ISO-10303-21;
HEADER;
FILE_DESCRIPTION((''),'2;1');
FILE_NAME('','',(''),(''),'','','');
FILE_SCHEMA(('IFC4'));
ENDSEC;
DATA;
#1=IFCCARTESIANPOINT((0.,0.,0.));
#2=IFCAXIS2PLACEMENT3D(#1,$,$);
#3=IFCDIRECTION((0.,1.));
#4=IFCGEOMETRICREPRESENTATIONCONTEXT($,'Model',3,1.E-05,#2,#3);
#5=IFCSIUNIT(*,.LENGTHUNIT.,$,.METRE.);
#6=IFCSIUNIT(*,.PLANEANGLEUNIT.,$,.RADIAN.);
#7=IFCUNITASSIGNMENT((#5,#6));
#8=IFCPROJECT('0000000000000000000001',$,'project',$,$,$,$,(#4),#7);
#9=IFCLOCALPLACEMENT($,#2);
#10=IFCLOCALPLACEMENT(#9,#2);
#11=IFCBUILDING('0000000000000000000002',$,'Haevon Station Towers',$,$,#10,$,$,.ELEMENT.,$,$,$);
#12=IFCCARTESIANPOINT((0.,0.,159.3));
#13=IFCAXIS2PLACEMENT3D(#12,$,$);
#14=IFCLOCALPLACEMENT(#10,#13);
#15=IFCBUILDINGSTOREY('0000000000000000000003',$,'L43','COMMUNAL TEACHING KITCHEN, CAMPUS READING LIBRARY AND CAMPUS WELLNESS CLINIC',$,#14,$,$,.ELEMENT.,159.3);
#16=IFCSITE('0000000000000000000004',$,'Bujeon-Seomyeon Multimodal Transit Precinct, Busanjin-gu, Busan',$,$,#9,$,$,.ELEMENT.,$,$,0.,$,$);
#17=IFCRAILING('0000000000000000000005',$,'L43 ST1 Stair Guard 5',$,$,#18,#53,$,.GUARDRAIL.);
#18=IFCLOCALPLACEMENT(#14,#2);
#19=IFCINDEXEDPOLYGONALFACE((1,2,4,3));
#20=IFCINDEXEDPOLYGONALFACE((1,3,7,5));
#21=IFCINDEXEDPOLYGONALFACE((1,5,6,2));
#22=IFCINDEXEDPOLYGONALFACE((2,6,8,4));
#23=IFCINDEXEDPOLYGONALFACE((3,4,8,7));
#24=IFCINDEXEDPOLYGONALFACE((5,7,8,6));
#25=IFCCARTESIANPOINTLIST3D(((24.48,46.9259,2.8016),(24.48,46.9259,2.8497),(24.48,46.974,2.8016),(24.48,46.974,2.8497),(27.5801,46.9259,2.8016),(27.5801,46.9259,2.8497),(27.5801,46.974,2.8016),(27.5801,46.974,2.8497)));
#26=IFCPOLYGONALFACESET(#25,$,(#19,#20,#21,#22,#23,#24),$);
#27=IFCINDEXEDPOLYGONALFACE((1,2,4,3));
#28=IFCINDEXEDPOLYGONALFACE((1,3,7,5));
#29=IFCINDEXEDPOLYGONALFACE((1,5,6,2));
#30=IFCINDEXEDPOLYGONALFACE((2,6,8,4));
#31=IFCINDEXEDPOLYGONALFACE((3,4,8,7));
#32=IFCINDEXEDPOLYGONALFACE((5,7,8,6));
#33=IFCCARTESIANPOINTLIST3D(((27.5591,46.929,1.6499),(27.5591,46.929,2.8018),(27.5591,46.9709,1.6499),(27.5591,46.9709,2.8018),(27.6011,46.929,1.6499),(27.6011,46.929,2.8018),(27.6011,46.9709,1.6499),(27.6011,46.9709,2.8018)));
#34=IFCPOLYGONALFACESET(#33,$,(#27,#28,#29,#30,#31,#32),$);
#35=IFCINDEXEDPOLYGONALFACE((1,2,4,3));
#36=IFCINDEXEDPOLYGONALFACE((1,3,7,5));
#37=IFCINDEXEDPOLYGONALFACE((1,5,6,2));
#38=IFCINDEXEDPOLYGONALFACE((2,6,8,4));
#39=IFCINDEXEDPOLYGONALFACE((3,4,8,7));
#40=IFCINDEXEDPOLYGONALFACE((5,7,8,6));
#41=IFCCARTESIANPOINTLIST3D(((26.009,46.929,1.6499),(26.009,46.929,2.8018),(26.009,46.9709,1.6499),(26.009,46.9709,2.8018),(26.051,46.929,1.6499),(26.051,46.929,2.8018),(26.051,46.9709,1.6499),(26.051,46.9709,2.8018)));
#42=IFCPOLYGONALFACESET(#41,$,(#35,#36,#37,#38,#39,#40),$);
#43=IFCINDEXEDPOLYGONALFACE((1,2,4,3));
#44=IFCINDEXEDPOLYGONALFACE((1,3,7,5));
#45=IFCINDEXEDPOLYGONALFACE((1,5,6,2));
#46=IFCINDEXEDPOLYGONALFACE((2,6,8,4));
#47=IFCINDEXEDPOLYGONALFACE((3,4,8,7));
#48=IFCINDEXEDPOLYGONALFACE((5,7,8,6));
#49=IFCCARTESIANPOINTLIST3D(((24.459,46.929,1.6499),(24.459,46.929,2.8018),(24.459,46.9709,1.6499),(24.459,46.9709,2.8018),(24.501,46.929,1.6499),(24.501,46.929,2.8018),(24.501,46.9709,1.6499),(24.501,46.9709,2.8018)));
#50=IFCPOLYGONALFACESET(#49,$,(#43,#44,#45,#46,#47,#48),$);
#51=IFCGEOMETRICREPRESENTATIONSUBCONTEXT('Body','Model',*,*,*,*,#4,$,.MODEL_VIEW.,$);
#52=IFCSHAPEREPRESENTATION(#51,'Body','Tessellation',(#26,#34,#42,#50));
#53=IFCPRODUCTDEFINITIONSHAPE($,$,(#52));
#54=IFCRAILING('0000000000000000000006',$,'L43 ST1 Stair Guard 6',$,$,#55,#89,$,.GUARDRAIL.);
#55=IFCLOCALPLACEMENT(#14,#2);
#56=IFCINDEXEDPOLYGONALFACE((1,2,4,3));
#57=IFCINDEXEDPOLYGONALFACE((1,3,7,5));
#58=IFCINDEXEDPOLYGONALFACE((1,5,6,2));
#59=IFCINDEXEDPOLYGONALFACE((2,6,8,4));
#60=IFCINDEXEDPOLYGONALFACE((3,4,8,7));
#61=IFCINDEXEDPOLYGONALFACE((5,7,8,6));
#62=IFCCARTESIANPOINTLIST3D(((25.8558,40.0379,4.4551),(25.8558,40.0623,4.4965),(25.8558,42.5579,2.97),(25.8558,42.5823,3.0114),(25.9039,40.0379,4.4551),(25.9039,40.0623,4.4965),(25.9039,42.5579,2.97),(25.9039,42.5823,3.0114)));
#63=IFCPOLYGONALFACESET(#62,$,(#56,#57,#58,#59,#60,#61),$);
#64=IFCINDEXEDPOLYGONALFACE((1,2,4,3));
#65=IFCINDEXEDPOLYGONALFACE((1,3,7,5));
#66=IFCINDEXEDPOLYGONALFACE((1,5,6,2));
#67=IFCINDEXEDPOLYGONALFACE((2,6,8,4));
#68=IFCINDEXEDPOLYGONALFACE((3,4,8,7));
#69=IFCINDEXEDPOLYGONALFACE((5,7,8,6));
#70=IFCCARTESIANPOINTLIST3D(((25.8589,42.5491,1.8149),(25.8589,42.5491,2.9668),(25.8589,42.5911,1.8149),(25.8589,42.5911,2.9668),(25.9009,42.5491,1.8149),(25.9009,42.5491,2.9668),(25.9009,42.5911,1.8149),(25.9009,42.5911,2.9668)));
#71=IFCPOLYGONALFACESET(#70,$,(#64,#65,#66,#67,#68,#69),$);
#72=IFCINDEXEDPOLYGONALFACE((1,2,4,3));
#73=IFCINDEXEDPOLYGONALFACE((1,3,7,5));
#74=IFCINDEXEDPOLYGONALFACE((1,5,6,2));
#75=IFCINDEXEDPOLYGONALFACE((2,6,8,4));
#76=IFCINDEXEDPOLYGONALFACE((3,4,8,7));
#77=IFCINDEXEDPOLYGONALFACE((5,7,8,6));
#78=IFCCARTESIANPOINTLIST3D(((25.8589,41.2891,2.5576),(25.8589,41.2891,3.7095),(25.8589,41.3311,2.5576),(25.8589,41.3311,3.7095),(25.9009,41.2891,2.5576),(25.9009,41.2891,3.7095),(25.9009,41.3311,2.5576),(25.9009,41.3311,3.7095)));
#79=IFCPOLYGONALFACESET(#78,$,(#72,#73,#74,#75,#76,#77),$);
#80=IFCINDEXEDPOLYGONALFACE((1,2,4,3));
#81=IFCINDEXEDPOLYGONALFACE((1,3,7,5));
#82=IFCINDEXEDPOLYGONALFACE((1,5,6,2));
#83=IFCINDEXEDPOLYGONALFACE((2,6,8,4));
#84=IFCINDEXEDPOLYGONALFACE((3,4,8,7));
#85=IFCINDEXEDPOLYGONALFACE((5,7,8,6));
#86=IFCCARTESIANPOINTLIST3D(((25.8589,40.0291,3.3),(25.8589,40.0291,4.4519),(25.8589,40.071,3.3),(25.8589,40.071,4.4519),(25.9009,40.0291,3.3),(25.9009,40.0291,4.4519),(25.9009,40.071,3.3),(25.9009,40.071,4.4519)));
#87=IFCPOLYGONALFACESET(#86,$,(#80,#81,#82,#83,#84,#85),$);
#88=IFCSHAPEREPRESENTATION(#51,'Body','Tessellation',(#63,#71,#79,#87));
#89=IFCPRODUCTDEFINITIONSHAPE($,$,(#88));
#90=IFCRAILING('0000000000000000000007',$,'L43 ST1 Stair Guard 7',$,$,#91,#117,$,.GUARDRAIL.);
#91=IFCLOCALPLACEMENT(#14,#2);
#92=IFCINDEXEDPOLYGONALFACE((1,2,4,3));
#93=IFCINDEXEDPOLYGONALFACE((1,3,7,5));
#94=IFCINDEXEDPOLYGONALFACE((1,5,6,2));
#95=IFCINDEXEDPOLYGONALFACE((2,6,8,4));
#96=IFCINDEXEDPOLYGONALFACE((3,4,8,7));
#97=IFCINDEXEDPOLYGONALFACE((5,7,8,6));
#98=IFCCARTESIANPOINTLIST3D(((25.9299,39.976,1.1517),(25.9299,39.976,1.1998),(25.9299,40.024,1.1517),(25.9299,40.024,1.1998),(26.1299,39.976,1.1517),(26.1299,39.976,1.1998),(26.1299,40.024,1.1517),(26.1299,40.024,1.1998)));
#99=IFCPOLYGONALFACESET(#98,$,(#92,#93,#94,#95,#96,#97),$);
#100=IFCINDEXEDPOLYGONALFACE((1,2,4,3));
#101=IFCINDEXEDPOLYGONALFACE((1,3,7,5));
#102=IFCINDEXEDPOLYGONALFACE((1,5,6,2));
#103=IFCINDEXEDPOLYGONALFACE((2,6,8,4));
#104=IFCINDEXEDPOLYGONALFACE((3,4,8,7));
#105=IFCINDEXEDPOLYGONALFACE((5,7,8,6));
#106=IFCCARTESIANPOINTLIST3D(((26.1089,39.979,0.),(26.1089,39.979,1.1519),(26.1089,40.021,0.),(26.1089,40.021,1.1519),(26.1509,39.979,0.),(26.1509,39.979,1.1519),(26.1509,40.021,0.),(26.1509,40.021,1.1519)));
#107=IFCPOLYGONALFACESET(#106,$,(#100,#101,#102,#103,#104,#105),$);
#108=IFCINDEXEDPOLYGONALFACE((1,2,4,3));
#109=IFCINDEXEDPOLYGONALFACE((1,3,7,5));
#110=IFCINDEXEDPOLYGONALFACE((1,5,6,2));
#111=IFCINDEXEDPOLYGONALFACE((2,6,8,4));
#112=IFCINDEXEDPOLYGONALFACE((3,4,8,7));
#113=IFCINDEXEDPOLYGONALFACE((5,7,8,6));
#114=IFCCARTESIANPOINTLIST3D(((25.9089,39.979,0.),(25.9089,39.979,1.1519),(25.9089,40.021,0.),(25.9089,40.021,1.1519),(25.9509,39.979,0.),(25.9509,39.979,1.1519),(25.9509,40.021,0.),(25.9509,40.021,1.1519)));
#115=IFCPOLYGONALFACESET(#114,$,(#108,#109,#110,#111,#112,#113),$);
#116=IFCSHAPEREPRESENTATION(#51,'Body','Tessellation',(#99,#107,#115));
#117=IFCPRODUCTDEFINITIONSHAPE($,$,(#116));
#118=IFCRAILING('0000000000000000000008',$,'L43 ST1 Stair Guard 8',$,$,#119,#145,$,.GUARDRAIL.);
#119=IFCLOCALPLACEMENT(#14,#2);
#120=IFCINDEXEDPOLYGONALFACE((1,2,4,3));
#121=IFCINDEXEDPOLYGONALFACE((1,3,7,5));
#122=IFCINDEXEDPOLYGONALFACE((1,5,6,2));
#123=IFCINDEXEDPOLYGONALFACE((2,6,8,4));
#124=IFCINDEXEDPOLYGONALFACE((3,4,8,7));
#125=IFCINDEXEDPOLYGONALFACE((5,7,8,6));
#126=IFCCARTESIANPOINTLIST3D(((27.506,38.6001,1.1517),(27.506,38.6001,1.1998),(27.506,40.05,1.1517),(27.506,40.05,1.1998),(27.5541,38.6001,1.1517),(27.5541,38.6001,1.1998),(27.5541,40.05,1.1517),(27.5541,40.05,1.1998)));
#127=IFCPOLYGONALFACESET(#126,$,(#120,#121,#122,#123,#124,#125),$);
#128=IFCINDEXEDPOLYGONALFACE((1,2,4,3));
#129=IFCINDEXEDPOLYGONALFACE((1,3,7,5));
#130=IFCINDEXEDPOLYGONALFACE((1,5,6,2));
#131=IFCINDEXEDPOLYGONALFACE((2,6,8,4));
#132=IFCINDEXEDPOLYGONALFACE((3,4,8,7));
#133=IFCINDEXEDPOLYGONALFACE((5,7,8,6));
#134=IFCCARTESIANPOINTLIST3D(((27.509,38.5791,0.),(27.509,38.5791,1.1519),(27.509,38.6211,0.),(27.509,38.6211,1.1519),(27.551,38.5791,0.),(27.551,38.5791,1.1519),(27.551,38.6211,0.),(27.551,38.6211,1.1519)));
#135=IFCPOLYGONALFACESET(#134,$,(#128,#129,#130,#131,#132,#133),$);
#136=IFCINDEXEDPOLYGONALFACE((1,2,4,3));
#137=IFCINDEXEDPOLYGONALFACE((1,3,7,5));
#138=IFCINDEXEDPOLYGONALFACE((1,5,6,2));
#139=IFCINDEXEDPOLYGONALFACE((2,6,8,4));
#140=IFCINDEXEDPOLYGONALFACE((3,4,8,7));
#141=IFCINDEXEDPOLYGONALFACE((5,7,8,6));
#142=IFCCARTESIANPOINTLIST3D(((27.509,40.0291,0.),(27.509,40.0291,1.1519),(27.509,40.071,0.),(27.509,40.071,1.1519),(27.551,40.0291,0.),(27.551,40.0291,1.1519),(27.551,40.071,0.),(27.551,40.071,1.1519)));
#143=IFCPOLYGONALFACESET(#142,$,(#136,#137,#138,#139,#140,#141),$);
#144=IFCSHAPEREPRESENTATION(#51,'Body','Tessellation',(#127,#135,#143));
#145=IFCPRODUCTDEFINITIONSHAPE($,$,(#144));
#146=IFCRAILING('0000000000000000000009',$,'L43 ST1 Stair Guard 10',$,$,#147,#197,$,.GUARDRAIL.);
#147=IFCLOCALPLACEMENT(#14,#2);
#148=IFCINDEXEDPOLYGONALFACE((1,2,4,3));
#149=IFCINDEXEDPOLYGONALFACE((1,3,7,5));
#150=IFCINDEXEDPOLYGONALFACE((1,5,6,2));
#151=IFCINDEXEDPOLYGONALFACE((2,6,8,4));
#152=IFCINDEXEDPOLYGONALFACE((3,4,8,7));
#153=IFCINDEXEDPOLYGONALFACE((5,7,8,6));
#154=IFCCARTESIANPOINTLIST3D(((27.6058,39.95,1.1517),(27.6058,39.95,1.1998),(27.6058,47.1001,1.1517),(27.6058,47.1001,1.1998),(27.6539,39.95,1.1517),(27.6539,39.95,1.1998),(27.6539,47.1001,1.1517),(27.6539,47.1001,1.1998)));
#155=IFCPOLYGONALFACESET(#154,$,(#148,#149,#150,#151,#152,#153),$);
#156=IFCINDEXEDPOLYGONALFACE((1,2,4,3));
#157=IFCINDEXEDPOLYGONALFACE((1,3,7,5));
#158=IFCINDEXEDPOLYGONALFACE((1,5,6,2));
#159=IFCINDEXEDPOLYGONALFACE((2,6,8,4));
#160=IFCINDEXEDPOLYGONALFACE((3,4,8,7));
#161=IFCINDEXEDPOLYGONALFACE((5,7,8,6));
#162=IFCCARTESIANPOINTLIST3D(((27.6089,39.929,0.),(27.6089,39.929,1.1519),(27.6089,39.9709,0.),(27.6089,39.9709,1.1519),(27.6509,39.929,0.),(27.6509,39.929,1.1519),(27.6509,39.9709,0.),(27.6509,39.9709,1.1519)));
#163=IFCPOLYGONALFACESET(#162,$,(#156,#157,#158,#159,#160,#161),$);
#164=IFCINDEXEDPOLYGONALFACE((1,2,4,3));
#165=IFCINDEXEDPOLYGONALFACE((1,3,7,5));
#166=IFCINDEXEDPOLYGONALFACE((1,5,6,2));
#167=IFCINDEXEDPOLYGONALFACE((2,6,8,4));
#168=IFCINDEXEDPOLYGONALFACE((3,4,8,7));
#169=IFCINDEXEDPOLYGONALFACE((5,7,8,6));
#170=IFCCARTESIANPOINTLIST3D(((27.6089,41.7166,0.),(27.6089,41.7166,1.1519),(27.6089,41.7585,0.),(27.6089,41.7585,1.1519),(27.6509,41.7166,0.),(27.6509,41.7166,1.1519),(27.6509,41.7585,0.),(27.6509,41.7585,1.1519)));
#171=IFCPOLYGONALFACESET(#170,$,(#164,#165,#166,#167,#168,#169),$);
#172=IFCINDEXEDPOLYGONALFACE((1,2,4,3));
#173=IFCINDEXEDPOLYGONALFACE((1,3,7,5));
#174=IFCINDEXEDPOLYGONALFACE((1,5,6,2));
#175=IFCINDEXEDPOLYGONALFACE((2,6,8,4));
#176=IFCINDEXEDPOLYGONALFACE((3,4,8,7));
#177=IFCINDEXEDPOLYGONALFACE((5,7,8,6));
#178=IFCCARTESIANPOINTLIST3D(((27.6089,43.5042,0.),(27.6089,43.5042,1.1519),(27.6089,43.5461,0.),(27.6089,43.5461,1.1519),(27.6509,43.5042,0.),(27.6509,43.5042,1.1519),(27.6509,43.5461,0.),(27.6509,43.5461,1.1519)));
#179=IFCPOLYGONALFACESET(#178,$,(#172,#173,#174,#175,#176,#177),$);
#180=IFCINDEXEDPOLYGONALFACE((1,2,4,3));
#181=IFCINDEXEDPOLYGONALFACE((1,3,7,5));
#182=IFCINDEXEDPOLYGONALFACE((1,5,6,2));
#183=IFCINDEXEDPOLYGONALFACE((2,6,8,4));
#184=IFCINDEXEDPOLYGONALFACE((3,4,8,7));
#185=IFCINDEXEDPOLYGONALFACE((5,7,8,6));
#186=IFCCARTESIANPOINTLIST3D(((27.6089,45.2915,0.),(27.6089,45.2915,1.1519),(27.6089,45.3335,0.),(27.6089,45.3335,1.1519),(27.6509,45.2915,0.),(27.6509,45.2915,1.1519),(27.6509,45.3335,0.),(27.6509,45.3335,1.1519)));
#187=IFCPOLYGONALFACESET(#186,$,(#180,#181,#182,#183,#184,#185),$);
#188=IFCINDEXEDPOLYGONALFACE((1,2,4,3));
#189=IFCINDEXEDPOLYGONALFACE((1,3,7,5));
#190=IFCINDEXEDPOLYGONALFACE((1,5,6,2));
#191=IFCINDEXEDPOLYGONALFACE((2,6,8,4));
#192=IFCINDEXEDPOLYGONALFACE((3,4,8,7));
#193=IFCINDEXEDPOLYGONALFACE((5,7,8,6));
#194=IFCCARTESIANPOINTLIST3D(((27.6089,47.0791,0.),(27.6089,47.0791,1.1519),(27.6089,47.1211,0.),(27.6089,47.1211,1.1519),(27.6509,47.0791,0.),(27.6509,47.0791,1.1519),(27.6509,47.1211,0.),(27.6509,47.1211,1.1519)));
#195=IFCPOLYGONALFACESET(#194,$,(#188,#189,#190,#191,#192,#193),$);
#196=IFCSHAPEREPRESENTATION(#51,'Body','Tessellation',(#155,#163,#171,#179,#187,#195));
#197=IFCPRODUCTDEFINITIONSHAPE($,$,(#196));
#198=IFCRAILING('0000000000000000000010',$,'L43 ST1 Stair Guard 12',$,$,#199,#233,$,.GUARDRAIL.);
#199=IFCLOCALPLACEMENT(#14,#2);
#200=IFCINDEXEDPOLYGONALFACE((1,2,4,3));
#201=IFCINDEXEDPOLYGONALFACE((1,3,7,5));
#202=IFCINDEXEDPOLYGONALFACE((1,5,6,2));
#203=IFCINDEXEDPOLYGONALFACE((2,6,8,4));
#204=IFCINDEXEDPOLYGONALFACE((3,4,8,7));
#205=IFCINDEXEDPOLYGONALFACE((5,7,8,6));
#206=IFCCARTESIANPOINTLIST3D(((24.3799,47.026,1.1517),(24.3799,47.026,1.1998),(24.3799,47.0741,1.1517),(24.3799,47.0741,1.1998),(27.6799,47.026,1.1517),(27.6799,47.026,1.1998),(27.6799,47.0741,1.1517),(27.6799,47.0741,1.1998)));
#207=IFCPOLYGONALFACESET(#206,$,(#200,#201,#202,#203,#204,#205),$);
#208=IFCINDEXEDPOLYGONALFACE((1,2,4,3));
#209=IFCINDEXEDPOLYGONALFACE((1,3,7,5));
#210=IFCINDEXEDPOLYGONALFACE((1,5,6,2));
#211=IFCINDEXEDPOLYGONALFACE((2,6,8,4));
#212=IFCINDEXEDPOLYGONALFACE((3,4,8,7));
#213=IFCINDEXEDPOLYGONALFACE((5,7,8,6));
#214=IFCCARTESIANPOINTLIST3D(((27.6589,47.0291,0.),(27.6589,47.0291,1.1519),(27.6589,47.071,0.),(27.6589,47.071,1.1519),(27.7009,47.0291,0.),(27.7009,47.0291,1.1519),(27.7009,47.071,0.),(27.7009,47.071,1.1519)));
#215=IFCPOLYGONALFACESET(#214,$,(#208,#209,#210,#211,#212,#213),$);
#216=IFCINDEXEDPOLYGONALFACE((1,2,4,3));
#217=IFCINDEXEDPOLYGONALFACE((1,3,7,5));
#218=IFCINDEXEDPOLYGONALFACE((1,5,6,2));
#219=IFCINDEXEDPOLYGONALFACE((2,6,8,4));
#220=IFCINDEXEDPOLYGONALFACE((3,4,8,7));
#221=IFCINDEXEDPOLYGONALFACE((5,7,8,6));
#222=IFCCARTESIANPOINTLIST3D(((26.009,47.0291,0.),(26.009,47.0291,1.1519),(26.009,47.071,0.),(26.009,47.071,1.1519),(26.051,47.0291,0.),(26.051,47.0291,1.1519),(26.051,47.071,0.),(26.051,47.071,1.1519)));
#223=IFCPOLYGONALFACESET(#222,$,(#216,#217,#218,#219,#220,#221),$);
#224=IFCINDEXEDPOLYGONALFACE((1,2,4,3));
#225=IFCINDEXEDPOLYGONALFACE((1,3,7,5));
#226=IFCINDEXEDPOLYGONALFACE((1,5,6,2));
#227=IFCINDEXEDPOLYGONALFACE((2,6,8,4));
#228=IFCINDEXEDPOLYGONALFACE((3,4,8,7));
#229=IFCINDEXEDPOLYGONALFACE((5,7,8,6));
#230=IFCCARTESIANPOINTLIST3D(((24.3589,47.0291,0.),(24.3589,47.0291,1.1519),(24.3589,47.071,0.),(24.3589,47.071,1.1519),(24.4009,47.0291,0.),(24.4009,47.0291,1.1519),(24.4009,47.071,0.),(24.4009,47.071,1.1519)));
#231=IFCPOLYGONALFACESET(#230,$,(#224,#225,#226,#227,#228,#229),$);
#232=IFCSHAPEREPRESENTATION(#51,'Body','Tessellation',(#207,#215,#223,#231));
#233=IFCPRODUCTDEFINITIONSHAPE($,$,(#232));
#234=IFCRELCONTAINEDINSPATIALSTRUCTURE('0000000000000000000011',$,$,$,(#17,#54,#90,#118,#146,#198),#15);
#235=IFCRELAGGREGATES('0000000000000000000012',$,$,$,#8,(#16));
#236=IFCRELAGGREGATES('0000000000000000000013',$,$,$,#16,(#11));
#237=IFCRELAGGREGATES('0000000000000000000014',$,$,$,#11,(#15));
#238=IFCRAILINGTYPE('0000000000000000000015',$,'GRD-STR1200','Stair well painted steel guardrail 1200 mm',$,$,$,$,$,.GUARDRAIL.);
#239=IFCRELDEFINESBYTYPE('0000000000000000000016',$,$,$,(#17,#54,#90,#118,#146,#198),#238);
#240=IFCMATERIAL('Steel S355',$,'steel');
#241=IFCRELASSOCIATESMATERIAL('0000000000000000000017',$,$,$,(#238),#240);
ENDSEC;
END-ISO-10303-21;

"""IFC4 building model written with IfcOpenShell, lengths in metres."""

from ifc_helpers import new_model, si_unit, direction, frame, origin, origin_2d, place, context, subcontext, project, spatial, rectangle, extrude, material, type_object, element, save


model = new_model("IFC4")

# Units and contexts
model_context = context("Model", 3, precision=1e-05, world=origin(), true_north=direction((0.0, 1.0)))
body_context = subcontext(model_context, "Body", "Model", "MODEL_VIEW")
ifc_project = project(units=[si_unit("LENGTHUNIT", "METRE"), si_unit("PLANEANGLEUNIT", "RADIAN")], contexts=[model_context])

# Site, building, storey
site_placement = place(None, origin())
site = spatial("IfcSite", under=ifc_project, at=site_placement, Name="Bujeon-Seomyeon Multimodal Transit Precinct, Busanjin-gu, Busan", CompositionType="ELEMENT", RefElevation=0.0)
building_placement = place(site_placement, origin())
building = spatial("IfcBuilding", under=site, at=building_placement, Name="Haevon Station Towers", CompositionType="ELEMENT")
storey_placement = place(building_placement, frame((0.0, 0.0, 159.3)))
storey = spatial("IfcBuildingStorey", under=building, at=storey_placement, Name="L43", Description="COMMUNAL TEACHING KITCHEN, CAMPUS READING LIBRARY AND CAMPUS WELLNESS CLINIC", CompositionType="ELEMENT", Elevation=159.3)

# Shared definitions
ifc_material_1 = material(Name="Steel S355", Category="steel")

# Railings
railing_type_1 = type_object("IfcRailingType", Name="GRD-STR1200", Description="Stair well painted steel guardrail 1200 mm", PredefinedType="GUARDRAIL", material=ifc_material_1)
railing_1_placement = place(storey_placement, frame((27.5801, 46.95, 1.6499)))
element("IfcRailing", 1, at=railing_1_placement, inside=storey, type_object=railing_type_1, Name="L43 ST1 Stair Guard 5", PredefinedType="GUARDRAIL", context=body_context, shape_type="SweptSolid", body=[
    extrude(rectangle(XDim=0.0481, YDim=0.0481, at=origin_2d()), frame((0.0, 0.0, 1.1758), z_axis=(-1.0, 0.0, 0.0), x_axis=(0.0, -1.0, 0.0)), (0.0, 0.0, 1.0), 3.1001),
    extrude(rectangle(XDim=0.042, YDim=0.042, at=origin_2d()), origin(), (0.0, 0.0, 1.0), 1.1519),
    extrude(rectangle(XDim=0.042, YDim=0.042, at=origin_2d()), frame((-1.55, 0.0, 0.0)), (0.0, 0.0, 1.0), 1.1519),
    extrude(rectangle(XDim=0.042, YDim=0.042, at=origin_2d()), frame((-3.1001, 0.0, 0.0)), (0.0, 0.0, 1.0), 1.1519),
])
railing_2_placement = place(storey_placement, frame((25.8799, 42.5701, 1.8149)))
element("IfcRailing", 2, at=railing_2_placement, inside=storey, type_object=railing_type_1, Name="L43 ST1 Stair Guard 6", PredefinedType="GUARDRAIL", context=body_context, shape_type="SweptSolid", body=[
    extrude(rectangle(XDim=0.0481, YDim=0.0481, at=origin_2d()), frame((0.0, 0.0, 1.1758), z_axis=(0.0, -0.861524, 0.507717), x_axis=(1.0, 0.0, 0.0)), (0.0, 0.0, 1.0), 2.925),
    extrude(rectangle(XDim=0.042, YDim=0.042, at=origin_2d()), origin(), (0.0, 0.0, 1.0), 1.1519),
    extrude(rectangle(XDim=0.042, YDim=0.042, at=origin_2d()), frame((0.0, -1.26, 0.7427)), (0.0, 0.0, 1.0), 1.1519),
    extrude(rectangle(XDim=0.042, YDim=0.042, at=origin_2d()), frame((0.0, -2.52, 1.4851)), (0.0, 0.0, 1.0), 1.1519),
])
railing_3_placement = place(storey_placement, frame((26.1299, 40.0, 0.0)))
element("IfcRailing", 3, at=railing_3_placement, inside=storey, type_object=railing_type_1, Name="L43 ST1 Stair Guard 7", PredefinedType="GUARDRAIL", context=body_context, shape_type="SweptSolid", body=[
    extrude(rectangle(XDim=0.0481, YDim=0.0481, at=origin_2d()), frame((0.0, 0.0, 1.1758), z_axis=(-1.0, 0.0, 0.0), x_axis=(0.0, -1.0, 0.0)), (0.0, 0.0, 1.0), 0.2),
    extrude(rectangle(XDim=0.042, YDim=0.042, at=origin_2d()), origin(), (0.0, 0.0, 1.0), 1.1519),
    extrude(rectangle(XDim=0.042, YDim=0.042, at=origin_2d()), frame((-0.2, 0.0, 0.0)), (0.0, 0.0, 1.0), 1.1519),
])
railing_4_placement = place(storey_placement, frame((27.53, 38.6001, 0.0)))
element("IfcRailing", 4, at=railing_4_placement, inside=storey, type_object=railing_type_1, Name="L43 ST1 Stair Guard 8", PredefinedType="GUARDRAIL", context=body_context, shape_type="SweptSolid", body=[
    extrude(rectangle(XDim=0.0481, YDim=0.0481, at=origin_2d()), frame((0.0, 0.0, 1.1758), z_axis=(0.0, 1.0, 0.0), x_axis=(-1.0, 0.0, 0.0)), (0.0, 0.0, 1.0), 1.45),
    extrude(rectangle(XDim=0.042, YDim=0.042, at=origin_2d()), origin(), (0.0, 0.0, 1.0), 1.1519),
    extrude(rectangle(XDim=0.042, YDim=0.042, at=origin_2d()), frame((0.0, 1.45, 0.0)), (0.0, 0.0, 1.0), 1.1519),
])
railing_5_placement = place(storey_placement, frame((27.6299, 39.95, 0.0)))
element("IfcRailing", 5, at=railing_5_placement, inside=storey, type_object=railing_type_1, Name="L43 ST1 Stair Guard 10", PredefinedType="GUARDRAIL", context=body_context, shape_type="SweptSolid", body=[
    extrude(rectangle(XDim=0.0481, YDim=0.0481, at=origin_2d()), frame((0.0, 0.0, 1.1758), z_axis=(0.0, 1.0, 0.0), x_axis=(-1.0, 0.0, 0.0)), (0.0, 0.0, 1.0), 7.1501),
    extrude(rectangle(XDim=0.042, YDim=0.042, at=origin_2d()), origin(), (0.0, 0.0, 1.0), 1.1519),
    extrude(rectangle(XDim=0.042, YDim=0.042, at=origin_2d()), frame((0.0, 1.7876, 0.0)), (0.0, 0.0, 1.0), 1.1519),
    extrude(rectangle(XDim=0.042, YDim=0.042, at=origin_2d()), frame((0.0, 3.5752, 0.0)), (0.0, 0.0, 1.0), 1.1519),
    extrude(rectangle(XDim=0.042, YDim=0.042, at=origin_2d()), frame((0.0, 5.3625, 0.0)), (0.0, 0.0, 1.0), 1.1519),
    extrude(rectangle(XDim=0.042, YDim=0.042, at=origin_2d()), frame((0.0, 7.1501, 0.0)), (0.0, 0.0, 1.0), 1.1519),
])
railing_6_placement = place(storey_placement, frame((27.6799, 47.05, 0.0)))
element("IfcRailing", 6, at=railing_6_placement, inside=storey, type_object=railing_type_1, Name="L43 ST1 Stair Guard 12", PredefinedType="GUARDRAIL", context=body_context, shape_type="SweptSolid", body=[
    extrude(rectangle(XDim=0.0481, YDim=0.0481, at=origin_2d()), frame((0.0, 0.0, 1.1758), z_axis=(-1.0, 0.0, 0.0), x_axis=(0.0, -1.0, 0.0)), (0.0, 0.0, 1.0), 3.3),
    extrude(rectangle(XDim=0.042, YDim=0.042, at=origin_2d()), origin(), (0.0, 0.0, 1.0), 1.1519),
    extrude(rectangle(XDim=0.042, YDim=0.042, at=origin_2d()), frame((-1.6499, 0.0, 0.0)), (0.0, 0.0, 1.0), 1.1519),
    extrude(rectangle(XDim=0.042, YDim=0.042, at=origin_2d()), frame((-3.3, 0.0, 0.0)), (0.0, 0.0, 1.0), 1.1519),
])

save(model, "model.ifc")
